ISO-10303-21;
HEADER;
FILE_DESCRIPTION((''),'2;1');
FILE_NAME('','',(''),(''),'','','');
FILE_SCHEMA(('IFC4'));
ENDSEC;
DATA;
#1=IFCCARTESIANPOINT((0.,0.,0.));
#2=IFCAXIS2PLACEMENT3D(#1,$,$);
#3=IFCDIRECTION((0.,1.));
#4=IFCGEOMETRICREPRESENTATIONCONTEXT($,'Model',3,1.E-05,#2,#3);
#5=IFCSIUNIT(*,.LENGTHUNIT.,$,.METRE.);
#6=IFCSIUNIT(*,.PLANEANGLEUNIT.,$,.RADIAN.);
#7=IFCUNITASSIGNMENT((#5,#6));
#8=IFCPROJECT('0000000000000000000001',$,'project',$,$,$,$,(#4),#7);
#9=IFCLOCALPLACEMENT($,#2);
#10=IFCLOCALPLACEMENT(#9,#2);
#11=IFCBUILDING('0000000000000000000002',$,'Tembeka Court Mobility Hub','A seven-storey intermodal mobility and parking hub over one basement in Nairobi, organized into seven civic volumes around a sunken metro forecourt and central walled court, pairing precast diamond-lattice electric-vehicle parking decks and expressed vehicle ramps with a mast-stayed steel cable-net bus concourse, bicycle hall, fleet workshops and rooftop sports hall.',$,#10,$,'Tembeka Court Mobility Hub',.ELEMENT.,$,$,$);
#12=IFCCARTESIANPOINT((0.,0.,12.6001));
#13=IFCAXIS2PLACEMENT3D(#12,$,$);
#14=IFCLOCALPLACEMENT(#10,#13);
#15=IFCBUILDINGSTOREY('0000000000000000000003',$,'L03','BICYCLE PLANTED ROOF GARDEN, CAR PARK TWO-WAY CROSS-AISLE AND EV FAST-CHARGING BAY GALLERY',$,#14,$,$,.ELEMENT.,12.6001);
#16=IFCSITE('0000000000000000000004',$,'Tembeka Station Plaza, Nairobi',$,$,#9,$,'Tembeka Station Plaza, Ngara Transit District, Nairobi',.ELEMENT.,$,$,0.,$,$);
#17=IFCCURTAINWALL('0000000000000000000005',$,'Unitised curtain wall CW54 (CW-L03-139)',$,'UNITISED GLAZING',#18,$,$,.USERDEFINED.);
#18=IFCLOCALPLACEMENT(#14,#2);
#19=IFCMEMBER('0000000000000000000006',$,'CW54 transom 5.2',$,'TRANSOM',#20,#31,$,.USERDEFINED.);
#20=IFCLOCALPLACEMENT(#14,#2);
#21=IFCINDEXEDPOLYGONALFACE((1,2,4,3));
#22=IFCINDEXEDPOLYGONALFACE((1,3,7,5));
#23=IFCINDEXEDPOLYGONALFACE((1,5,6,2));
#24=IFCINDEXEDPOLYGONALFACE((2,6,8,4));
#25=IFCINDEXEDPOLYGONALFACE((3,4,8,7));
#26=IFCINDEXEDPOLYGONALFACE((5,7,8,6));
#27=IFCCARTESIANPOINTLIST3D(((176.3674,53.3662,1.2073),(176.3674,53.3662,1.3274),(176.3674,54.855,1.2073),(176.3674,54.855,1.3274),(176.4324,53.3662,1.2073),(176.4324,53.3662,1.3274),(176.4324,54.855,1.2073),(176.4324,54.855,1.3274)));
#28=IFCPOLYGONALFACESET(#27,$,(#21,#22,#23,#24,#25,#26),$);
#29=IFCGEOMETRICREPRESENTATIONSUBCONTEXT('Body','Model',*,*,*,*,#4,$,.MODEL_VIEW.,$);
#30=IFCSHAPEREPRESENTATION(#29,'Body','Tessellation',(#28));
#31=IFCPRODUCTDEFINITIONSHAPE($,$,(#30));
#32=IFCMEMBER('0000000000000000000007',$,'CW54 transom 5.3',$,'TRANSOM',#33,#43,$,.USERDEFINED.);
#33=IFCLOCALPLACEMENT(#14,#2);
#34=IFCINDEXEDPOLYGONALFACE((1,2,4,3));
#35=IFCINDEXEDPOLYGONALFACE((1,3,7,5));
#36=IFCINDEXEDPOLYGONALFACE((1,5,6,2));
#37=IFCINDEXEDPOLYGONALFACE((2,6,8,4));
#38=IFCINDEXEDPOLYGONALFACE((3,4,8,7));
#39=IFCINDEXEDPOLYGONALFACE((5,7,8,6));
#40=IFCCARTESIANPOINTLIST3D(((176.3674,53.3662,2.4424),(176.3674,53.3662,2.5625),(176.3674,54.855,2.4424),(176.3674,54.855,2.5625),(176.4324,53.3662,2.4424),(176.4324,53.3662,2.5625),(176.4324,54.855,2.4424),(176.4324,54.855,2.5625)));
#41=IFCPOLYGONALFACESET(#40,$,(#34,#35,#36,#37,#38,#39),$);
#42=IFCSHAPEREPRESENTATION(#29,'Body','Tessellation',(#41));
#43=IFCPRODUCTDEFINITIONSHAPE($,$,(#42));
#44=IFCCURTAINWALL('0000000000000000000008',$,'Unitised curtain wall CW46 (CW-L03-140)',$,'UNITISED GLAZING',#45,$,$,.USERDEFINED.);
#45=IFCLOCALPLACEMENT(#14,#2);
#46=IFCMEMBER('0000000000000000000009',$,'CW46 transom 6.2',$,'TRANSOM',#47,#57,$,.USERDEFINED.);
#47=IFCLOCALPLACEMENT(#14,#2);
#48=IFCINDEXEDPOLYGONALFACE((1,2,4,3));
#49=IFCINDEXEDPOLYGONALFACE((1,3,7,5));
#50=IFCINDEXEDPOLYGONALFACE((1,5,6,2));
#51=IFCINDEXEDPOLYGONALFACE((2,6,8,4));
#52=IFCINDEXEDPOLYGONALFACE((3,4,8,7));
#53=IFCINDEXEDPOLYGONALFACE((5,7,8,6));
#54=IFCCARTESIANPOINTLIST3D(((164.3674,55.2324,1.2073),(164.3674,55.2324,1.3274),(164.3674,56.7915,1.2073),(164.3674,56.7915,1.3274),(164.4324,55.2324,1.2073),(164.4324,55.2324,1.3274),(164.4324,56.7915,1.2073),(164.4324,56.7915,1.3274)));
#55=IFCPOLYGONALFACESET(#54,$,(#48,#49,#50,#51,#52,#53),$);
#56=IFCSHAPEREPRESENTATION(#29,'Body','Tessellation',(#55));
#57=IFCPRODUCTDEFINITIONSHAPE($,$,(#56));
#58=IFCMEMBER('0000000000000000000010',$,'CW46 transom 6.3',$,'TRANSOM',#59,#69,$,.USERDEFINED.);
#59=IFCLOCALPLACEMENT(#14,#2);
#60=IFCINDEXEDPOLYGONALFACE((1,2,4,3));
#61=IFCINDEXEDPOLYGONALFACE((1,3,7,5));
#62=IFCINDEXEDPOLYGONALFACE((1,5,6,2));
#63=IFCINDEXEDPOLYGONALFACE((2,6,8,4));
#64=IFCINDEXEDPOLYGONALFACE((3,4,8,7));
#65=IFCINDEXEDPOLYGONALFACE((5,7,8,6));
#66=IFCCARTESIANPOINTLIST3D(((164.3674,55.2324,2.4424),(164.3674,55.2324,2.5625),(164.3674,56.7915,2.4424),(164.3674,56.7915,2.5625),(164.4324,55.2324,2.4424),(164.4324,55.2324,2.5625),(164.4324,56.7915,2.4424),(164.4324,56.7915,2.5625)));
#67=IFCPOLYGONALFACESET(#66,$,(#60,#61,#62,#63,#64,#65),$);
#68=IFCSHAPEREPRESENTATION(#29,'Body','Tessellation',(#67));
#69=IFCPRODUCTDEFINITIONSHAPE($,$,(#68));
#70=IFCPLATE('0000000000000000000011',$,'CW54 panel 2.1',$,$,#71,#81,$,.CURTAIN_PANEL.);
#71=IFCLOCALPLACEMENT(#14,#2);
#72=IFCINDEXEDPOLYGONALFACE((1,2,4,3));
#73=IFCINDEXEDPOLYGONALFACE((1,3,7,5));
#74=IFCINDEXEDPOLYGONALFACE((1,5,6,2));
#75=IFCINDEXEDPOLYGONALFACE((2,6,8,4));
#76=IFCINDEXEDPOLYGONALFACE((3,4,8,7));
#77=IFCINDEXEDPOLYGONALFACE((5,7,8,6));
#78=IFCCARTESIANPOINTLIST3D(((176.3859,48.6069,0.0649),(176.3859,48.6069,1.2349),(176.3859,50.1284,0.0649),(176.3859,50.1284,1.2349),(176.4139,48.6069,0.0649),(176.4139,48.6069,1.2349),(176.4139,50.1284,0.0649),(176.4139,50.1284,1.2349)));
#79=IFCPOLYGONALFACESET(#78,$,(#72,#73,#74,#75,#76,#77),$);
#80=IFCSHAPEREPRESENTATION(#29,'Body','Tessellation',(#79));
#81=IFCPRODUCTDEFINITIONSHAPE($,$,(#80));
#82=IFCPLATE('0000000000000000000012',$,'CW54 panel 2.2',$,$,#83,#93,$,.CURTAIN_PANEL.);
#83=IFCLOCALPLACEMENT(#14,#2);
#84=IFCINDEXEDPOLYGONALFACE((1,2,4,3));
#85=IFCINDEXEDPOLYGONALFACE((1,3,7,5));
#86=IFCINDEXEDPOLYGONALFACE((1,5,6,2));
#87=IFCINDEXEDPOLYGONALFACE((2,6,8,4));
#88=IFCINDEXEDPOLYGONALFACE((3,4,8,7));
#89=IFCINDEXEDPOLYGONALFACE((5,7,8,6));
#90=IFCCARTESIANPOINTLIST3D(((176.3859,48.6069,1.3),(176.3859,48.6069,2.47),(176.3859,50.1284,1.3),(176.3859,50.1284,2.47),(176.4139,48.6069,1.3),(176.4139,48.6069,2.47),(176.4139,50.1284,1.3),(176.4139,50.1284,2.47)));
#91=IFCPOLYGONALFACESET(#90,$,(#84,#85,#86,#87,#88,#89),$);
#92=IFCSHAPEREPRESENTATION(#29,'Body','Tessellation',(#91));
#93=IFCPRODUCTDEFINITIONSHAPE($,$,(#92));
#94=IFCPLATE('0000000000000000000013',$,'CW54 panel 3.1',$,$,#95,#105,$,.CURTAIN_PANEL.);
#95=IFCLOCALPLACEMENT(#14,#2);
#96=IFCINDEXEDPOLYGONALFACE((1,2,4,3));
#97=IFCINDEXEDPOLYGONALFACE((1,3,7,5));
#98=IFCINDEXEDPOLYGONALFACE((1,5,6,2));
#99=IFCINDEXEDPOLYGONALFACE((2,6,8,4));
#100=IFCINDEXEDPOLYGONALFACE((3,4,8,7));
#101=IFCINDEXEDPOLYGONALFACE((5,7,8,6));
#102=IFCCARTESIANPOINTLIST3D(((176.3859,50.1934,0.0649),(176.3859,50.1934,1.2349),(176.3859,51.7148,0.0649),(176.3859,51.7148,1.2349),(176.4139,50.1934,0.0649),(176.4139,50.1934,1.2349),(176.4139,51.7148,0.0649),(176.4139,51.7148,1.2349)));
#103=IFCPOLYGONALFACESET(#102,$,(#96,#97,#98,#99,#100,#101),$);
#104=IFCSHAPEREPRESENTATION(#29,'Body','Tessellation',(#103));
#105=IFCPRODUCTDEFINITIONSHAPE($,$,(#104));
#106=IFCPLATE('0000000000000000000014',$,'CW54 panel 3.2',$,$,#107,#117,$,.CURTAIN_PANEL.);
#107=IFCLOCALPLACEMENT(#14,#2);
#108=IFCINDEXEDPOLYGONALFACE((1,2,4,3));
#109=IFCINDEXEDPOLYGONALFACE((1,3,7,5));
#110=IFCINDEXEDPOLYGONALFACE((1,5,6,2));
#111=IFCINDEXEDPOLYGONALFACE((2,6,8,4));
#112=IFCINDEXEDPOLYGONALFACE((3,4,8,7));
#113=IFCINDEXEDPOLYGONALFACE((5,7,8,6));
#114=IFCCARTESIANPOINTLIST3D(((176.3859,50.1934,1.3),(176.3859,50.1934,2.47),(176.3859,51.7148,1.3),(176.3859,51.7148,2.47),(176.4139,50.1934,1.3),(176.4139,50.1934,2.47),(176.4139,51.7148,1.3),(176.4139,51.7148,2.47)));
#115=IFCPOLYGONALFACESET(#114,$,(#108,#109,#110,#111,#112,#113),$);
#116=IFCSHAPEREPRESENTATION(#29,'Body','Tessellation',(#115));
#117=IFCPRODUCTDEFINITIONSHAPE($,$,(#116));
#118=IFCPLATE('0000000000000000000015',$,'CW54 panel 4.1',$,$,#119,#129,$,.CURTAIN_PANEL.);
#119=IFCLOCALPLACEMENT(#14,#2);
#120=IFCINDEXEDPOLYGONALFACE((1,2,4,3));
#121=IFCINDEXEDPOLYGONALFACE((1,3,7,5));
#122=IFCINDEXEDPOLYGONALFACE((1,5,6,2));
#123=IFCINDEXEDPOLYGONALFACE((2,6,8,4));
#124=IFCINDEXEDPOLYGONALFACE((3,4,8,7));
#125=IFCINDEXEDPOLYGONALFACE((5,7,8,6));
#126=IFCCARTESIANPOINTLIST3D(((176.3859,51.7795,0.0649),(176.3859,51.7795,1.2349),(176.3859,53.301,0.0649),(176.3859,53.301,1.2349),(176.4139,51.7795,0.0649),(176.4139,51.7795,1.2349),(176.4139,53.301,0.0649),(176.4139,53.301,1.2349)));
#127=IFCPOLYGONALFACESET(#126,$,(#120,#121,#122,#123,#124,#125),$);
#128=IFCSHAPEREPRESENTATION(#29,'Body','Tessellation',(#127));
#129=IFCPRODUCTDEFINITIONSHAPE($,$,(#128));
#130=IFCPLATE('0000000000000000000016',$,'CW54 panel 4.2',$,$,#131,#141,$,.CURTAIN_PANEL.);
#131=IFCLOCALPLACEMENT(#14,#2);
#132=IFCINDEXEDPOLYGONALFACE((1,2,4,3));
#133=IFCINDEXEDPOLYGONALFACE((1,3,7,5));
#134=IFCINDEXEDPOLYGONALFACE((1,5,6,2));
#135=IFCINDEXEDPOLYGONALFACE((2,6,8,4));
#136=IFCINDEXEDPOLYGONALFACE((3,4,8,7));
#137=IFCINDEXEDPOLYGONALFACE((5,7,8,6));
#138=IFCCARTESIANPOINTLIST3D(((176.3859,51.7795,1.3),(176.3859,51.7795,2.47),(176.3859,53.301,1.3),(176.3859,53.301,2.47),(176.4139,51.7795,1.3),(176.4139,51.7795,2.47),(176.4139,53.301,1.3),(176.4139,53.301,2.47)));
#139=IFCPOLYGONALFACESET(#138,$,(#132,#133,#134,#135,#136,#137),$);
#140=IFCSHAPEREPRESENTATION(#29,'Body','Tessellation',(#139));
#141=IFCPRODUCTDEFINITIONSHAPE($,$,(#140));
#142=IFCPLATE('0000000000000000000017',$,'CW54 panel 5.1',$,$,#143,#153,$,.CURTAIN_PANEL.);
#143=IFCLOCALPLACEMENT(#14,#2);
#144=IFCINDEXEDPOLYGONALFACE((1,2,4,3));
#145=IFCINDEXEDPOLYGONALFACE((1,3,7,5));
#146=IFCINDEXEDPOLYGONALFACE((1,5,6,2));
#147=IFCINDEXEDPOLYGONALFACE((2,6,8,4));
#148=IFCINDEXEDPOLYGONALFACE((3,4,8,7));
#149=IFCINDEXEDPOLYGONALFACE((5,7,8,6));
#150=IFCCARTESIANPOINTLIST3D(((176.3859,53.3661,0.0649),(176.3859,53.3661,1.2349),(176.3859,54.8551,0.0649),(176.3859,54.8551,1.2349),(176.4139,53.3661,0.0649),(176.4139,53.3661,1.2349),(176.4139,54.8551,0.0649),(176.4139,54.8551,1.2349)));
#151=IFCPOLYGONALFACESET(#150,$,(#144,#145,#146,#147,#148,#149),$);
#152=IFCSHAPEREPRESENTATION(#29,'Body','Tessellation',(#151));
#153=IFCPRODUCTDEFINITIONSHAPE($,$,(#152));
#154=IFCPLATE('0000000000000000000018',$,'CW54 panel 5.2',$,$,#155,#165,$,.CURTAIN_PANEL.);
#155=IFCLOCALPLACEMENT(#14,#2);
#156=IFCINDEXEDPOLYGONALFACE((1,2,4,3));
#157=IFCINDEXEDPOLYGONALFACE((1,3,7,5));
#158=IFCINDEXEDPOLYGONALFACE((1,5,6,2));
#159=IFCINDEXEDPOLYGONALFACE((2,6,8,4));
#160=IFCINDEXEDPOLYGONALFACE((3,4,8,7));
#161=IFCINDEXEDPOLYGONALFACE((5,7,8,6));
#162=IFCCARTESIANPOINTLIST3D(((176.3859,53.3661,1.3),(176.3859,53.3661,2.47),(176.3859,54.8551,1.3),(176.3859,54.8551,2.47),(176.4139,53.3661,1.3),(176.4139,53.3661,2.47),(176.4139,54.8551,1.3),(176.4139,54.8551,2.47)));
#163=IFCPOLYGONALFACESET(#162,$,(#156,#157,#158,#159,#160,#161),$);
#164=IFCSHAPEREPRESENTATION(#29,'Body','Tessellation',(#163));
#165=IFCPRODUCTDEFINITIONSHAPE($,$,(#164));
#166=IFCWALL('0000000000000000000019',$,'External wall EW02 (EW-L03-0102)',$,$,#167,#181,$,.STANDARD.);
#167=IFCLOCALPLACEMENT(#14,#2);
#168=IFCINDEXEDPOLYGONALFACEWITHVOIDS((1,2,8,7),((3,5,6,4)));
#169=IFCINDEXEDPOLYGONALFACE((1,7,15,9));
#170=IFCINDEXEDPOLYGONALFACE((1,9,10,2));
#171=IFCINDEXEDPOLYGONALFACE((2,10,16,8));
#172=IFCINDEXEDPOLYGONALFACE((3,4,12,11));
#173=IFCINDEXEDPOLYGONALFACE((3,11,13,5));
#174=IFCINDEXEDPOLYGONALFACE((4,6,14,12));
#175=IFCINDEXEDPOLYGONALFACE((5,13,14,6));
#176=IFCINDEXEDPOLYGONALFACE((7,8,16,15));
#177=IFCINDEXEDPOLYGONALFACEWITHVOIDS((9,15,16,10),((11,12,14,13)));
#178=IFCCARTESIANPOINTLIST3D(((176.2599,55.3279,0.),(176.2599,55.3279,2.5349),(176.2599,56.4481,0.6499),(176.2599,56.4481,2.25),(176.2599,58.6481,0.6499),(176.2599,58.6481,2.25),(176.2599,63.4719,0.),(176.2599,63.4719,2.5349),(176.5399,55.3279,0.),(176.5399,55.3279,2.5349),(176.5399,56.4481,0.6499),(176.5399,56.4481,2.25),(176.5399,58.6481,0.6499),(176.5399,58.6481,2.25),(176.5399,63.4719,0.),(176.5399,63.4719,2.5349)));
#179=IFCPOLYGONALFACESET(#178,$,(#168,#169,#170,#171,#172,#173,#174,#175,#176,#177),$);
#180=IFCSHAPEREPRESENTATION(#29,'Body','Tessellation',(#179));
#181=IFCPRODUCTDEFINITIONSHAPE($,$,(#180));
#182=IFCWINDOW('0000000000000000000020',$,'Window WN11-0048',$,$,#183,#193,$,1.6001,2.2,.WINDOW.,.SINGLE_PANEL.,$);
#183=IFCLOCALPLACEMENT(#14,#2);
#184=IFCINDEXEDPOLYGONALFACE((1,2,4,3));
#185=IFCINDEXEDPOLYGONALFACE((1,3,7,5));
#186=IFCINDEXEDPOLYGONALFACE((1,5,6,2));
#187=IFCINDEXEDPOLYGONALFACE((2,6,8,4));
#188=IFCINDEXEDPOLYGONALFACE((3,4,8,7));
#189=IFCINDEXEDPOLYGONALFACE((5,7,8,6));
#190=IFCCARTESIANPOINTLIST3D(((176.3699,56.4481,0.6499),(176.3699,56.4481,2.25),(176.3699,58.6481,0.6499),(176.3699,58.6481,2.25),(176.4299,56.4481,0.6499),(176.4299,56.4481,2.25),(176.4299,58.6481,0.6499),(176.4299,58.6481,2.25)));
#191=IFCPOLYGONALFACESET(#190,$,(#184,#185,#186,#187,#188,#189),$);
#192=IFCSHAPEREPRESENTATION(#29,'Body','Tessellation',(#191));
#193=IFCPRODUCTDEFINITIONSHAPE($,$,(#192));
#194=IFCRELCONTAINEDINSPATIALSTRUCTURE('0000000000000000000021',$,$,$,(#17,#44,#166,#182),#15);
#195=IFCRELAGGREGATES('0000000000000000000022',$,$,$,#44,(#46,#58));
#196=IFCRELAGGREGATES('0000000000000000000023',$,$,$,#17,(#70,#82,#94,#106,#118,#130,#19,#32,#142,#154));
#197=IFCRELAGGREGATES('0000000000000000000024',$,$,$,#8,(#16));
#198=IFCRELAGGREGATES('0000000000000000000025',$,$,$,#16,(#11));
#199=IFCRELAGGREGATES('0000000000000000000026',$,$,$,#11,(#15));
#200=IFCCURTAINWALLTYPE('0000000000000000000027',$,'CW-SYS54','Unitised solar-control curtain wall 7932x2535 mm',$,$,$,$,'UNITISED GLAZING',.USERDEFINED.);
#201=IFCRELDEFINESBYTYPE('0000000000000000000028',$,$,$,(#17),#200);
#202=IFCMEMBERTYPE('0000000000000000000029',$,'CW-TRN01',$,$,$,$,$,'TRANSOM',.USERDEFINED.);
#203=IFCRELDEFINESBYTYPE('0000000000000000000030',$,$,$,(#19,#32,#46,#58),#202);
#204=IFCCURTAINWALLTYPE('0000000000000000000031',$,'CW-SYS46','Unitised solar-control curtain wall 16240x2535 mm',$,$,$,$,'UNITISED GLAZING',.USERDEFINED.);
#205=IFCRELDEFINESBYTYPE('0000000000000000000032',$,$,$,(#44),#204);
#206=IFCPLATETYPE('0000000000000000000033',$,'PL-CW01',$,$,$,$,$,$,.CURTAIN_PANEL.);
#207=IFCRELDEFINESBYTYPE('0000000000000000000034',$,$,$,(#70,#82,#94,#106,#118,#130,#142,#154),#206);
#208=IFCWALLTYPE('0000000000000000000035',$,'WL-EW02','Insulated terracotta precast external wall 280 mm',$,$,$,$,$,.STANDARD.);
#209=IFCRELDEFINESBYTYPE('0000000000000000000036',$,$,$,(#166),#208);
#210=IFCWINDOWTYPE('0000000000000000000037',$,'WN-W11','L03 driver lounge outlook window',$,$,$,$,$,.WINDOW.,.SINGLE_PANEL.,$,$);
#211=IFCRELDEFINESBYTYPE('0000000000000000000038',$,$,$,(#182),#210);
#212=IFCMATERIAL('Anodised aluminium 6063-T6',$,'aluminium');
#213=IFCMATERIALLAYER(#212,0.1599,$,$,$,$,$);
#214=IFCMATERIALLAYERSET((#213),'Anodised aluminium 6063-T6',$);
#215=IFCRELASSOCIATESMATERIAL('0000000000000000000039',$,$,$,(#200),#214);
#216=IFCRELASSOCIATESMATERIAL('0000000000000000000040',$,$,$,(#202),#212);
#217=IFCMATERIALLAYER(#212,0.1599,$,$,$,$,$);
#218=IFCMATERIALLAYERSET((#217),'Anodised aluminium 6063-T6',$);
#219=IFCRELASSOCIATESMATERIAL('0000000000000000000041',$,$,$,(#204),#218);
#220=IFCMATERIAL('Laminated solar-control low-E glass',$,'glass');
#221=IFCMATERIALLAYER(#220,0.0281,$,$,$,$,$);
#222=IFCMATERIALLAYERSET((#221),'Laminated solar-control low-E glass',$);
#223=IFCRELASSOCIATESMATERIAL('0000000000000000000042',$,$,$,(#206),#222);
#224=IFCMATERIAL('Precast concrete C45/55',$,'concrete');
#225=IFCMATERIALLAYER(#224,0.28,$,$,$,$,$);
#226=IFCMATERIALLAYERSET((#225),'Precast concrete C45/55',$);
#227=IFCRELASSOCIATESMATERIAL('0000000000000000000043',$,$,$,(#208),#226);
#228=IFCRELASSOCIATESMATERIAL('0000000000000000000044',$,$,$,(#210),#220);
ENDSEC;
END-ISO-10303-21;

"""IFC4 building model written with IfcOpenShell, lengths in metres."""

from ifc_helpers import new_model, si_unit, direction, frame, frame_2d, origin, origin_2d, place, context, subcontext, project, spatial, rectangle, extrude, material, layer, layer_set, material_profile, profile_set, type_object, element, fill, aggregate, save


model = new_model("IFC4")

# Units and contexts
model_context = context("Model", 3, precision=1e-05, world=origin(), true_north=direction((0.0, 1.0)))
body_context = subcontext(model_context, "Body", "Model", "MODEL_VIEW")
ifc_project = project(units=[si_unit("LENGTHUNIT", "METRE"), si_unit("PLANEANGLEUNIT", "RADIAN")], contexts=[model_context])

# Site, building, storey
site_placement = place(None, origin())
site = spatial("IfcSite", under=ifc_project, at=site_placement, Name="Tembeka Station Plaza, Nairobi", LongName="Tembeka Station Plaza, Ngara Transit District, Nairobi", CompositionType="ELEMENT", RefElevation=0.0)
building_placement = place(site_placement, origin())
building = spatial("IfcBuilding", under=site, at=building_placement, Name="Tembeka Court Mobility Hub", Description="A seven-storey intermodal mobility and parking hub over one basement in Nairobi, organized into seven civic volumes around a sunken metro forecourt and central walled court, pairing precast diamond-lattice electric-vehicle parking decks and expressed vehicle ramps with a mast-stayed steel cable-net bus concourse, bicycle hall, fleet workshops and rooftop sports hall.", LongName="Tembeka Court Mobility Hub", CompositionType="ELEMENT")
storey_placement = place(building_placement, frame((0.0, 0.0, 12.6001)))
storey = spatial("IfcBuildingStorey", under=building, at=storey_placement, Name="L03", Description="BICYCLE PLANTED ROOF GARDEN, CAR PARK TWO-WAY CROSS-AISLE AND EV FAST-CHARGING BAY GALLERY", CompositionType="ELEMENT", Elevation=12.6001)

# Curtain walls, members
ifc_material_1 = material(Name="Anodised aluminium 6063-T6", Category="aluminium")
ifc_layer_1 = layer(ifc_material_1, 0.1599)
ifc_layer_set_1 = layer_set([ifc_layer_1], Name="Anodised aluminium 6063-T6")
curtain_wall_type_1 = type_object("IfcCurtainWallType", Name="CW-SYS54", Description="Unitised solar-control curtain wall 7932x2535 mm", ElementType="UNITISED GLAZING", PredefinedType="USERDEFINED", material=ifc_layer_set_1)
curtain_wall_1_placement = place(storey_placement, origin())
curtain_wall_1 = element("IfcCurtainWall", 1, at=curtain_wall_1_placement, inside=storey, type_object=curtain_wall_type_1, Name="Unitised curtain wall CW54 (CW-L03-139)", ObjectType="UNITISED GLAZING", PredefinedType="USERDEFINED")
ifc_material_profile_1 = material_profile(ifc_material_1, rectangle(XDim=0.0649, YDim=0.1201, at=origin_2d()), Name="ALU-TRN 65x120")
ifc_profile_set_1 = profile_set([ifc_material_profile_1], Name="Anodised aluminium 6063-T6")
member_type_1 = type_object("IfcMemberType", Name="CW-TRN01", ElementType="TRANSOM", PredefinedType="USERDEFINED", material=ifc_profile_set_1)
member_1_placement = place(storey_placement, frame((176.3999, 53.3662, 1.2673), z_axis=(0.0, 1.0, 0.0), x_axis=(-1.0, 0.0, 0.0)))
member_1 = element("IfcMember", 2, at=member_1_placement, type_object=member_type_1, Name="CW54 transom 5.2", ObjectType="TRANSOM", PredefinedType="USERDEFINED", context=body_context, shape_type="SweptSolid", body=[
    extrude(rectangle(XDim=0.0649, YDim=0.1201, at=origin_2d()), origin(), (0.0, 0.0, 1.0), 1.4888),
])
member_2_placement = place(storey_placement, frame((176.3999, 53.3662, 2.5024), z_axis=(0.0, 1.0, 0.0), x_axis=(-1.0, 0.0, 0.0)))
member_2 = element("IfcMember", 3, at=member_2_placement, type_object=member_type_1, Name="CW54 transom 5.3", ObjectType="TRANSOM", PredefinedType="USERDEFINED", context=body_context, shape_type="SweptSolid", body=[
    extrude(rectangle(XDim=0.0649, YDim=0.1201, at=origin_2d()), origin(), (0.0, 0.0, 1.0), 1.4888),
])
ifc_layer_2 = layer(ifc_material_1, 0.1599)
ifc_layer_set_2 = layer_set([ifc_layer_2], Name="Anodised aluminium 6063-T6")
curtain_wall_type_2 = type_object("IfcCurtainWallType", Name="CW-SYS46", Description="Unitised solar-control curtain wall 16240x2535 mm", ElementType="UNITISED GLAZING", PredefinedType="USERDEFINED", material=ifc_layer_set_2)
curtain_wall_2_placement = place(storey_placement, origin())
curtain_wall_2 = element("IfcCurtainWall", 4, at=curtain_wall_2_placement, inside=storey, type_object=curtain_wall_type_2, Name="Unitised curtain wall CW46 (CW-L03-140)", ObjectType="UNITISED GLAZING", PredefinedType="USERDEFINED")
member_3_placement = place(storey_placement, frame((164.3999, 55.2324, 1.2673), z_axis=(0.0, 1.0, 0.0), x_axis=(-1.0, 0.0, 0.0)))
member_3 = element("IfcMember", 5, at=member_3_placement, type_object=member_type_1, Name="CW46 transom 6.2", ObjectType="TRANSOM", PredefinedType="USERDEFINED", context=body_context, shape_type="SweptSolid", body=[
    extrude(rectangle(XDim=0.0649, YDim=0.1201, at=origin_2d()), origin(), (0.0, 0.0, 1.0), 1.5591),
])
member_4_placement = place(storey_placement, frame((164.3999, 55.2324, 2.5024), z_axis=(0.0, 1.0, 0.0), x_axis=(-1.0, 0.0, 0.0)))
member_4 = element("IfcMember", 6, at=member_4_placement, type_object=member_type_1, Name="CW46 transom 6.3", ObjectType="TRANSOM", PredefinedType="USERDEFINED", context=body_context, shape_type="SweptSolid", body=[
    extrude(rectangle(XDim=0.0649, YDim=0.1201, at=origin_2d()), origin(), (0.0, 0.0, 1.0), 1.5591),
])
aggregate(curtain_wall_2, [member_3, member_4])

# Plates
ifc_material_2 = material(Name="Laminated solar-control low-E glass", Category="glass")
ifc_layer_3 = layer(ifc_material_2, 0.0281)
ifc_layer_set_3 = layer_set([ifc_layer_3], Name="Laminated solar-control low-E glass")
plate_type = type_object("IfcPlateType", Name="PL-CW01", PredefinedType="CURTAIN_PANEL", material=ifc_layer_set_3)
plate_1_placement = place(storey_placement, frame((176.3999, 49.3677, 0.0649), z_axis=(0.0, 0.0, 1.0), x_axis=(0.0, 1.0, 0.0)))
plate_1 = element("IfcPlate", 7, at=plate_1_placement, type_object=plate_type, Name="CW54 panel 2.1", PredefinedType="CURTAIN_PANEL", context=body_context, shape_type="SweptSolid", body=[
    extrude(rectangle(XDim=1.5215, YDim=0.0281, at=origin_2d()), origin(), (0.0, 0.0, 1.0), 1.1699),
])
plate_2_placement = place(storey_placement, frame((176.3999, 49.3677, 1.3), z_axis=(0.0, 0.0, 1.0), x_axis=(0.0, 1.0, 0.0)))
plate_2 = element("IfcPlate", 8, at=plate_2_placement, type_object=plate_type, Name="CW54 panel 2.2", PredefinedType="CURTAIN_PANEL", context=body_context, shape_type="SweptSolid", body=[
    extrude(rectangle(XDim=1.5215, YDim=0.0281, at=origin_2d()), origin(), (0.0, 0.0, 1.0), 1.1699),
])
plate_3_placement = place(storey_placement, frame((176.3999, 50.9541, 0.0649), z_axis=(0.0, 0.0, 1.0), x_axis=(0.0, 1.0, 0.0)))
plate_3 = element("IfcPlate", 9, at=plate_3_placement, type_object=plate_type, Name="CW54 panel 3.1", PredefinedType="CURTAIN_PANEL", context=body_context, shape_type="SweptSolid", body=[
    extrude(rectangle(XDim=1.5215, YDim=0.0281, at=origin_2d()), origin(), (0.0, 0.0, 1.0), 1.1699),
])
plate_4_placement = place(storey_placement, frame((176.3999, 50.9541, 1.3), z_axis=(0.0, 0.0, 1.0), x_axis=(0.0, 1.0, 0.0)))
plate_4 = element("IfcPlate", 10, at=plate_4_placement, type_object=plate_type, Name="CW54 panel 3.2", PredefinedType="CURTAIN_PANEL", context=body_context, shape_type="SweptSolid", body=[
    extrude(rectangle(XDim=1.5215, YDim=0.0281, at=origin_2d()), origin(), (0.0, 0.0, 1.0), 1.1699),
])
plate_5_placement = place(storey_placement, frame((176.3999, 52.5403, 0.0649), z_axis=(0.0, 0.0, 1.0), x_axis=(0.0, 1.0, 0.0)))
plate_5 = element("IfcPlate", 11, at=plate_5_placement, type_object=plate_type, Name="CW54 panel 4.1", PredefinedType="CURTAIN_PANEL", context=body_context, shape_type="SweptSolid", body=[
    extrude(rectangle(XDim=1.5215, YDim=0.0281, at=origin_2d()), origin(), (0.0, 0.0, 1.0), 1.1699),
])
plate_6_placement = place(storey_placement, frame((176.3999, 52.5403, 1.3), z_axis=(0.0, 0.0, 1.0), x_axis=(0.0, 1.0, 0.0)))
plate_6 = element("IfcPlate", 12, at=plate_6_placement, type_object=plate_type, Name="CW54 panel 4.2", PredefinedType="CURTAIN_PANEL", context=body_context, shape_type="SweptSolid", body=[
    extrude(rectangle(XDim=1.5215, YDim=0.0281, at=origin_2d()), origin(), (0.0, 0.0, 1.0), 1.1699),
])
plate_7_placement = place(storey_placement, frame((176.3999, 54.1106, 0.0649), z_axis=(0.0, 0.0, 1.0), x_axis=(0.0, 1.0, 0.0)))
plate_7 = element("IfcPlate", 13, at=plate_7_placement, type_object=plate_type, Name="CW54 panel 5.1", PredefinedType="CURTAIN_PANEL", context=body_context, shape_type="SweptSolid", body=[
    extrude(rectangle(XDim=1.489, YDim=0.0281, at=origin_2d()), origin(), (0.0, 0.0, 1.0), 1.1699),
])
plate_8_placement = place(storey_placement, frame((176.3999, 54.1106, 1.3), z_axis=(0.0, 0.0, 1.0), x_axis=(0.0, 1.0, 0.0)))
plate_8 = element("IfcPlate", 14, at=plate_8_placement, type_object=plate_type, Name="CW54 panel 5.2", PredefinedType="CURTAIN_PANEL", context=body_context, shape_type="SweptSolid", body=[
    extrude(rectangle(XDim=1.489, YDim=0.0281, at=origin_2d()), origin(), (0.0, 0.0, 1.0), 1.1699),
])
aggregate(curtain_wall_1, [plate_1, plate_2, plate_3, plate_4, plate_5, plate_6, member_1, member_2, plate_7, plate_8])

# Wall, opening, window
ifc_material_3 = material(Name="Precast concrete C45/55", Category="concrete")
ifc_layer_4 = layer(ifc_material_3, 0.28)
ifc_layer_set_4 = layer_set([ifc_layer_4], Name="Precast concrete C45/55")
wall_type_1 = type_object("IfcWallType", Name="WL-EW02", Description="Insulated terracotta precast external wall 280 mm", PredefinedType="STANDARD", material=ifc_layer_set_4)
wall_1_placement = place(storey_placement, frame((176.3999, 55.3279, 0.0), z_axis=(0.0, 0.0, 1.0), x_axis=(0.0, 1.0, 0.0)))
wall_1 = element("IfcWall", 15, at=wall_1_placement, inside=storey, type_object=wall_type_1, Name="External wall EW02 (EW-L03-0102)", PredefinedType="STANDARD", context=body_context, shape_type="SweptSolid", body=[
    extrude(rectangle(XDim=8.144, YDim=0.28, at=frame_2d((4.072, 0.0))), origin(), (0.0, 0.0, 1.0), 2.5349),
])
opening_placement = place(wall_1_placement, frame((1.1201, 0.0, 0.6499)))
opening = element("IfcOpeningElement", 16, at=opening_placement, cuts=wall_1, PredefinedType="OPENING", context=body_context, shape_type="SweptSolid", body=[
    extrude(rectangle(XDim=2.2, YDim=1.6001, at=frame_2d((1.1001, 0.8))), frame((0.0, 0.1499, 0.0), z_axis=(0.0, -1.0, 0.0), x_axis=(1.0, 0.0, 0.0)), (0.0, 0.0, 1.0), 0.3),
])
window_type = type_object("IfcWindowType", Name="WN-W11", Description="L03 driver lounge outlook window", PartitioningType="SINGLE_PANEL", PredefinedType="WINDOW", material=ifc_material_2)
window_placement = place(opening_placement, origin())
window = element("IfcWindow", 17, at=window_placement, inside=storey, type_object=window_type, Name="Window WN11-0048", OverallHeight=1.6001, OverallWidth=2.2, PartitioningType="SINGLE_PANEL", PredefinedType="WINDOW", context=body_context, shape_type="SweptSolid", body=[
    extrude(rectangle(XDim=2.2, YDim=1.6001, at=frame_2d((1.1001, 0.8))), frame((0.0, 0.03, 0.0), z_axis=(0.0, -1.0, 0.0), x_axis=(1.0, 0.0, 0.0)), (0.0, 0.0, 1.0), 0.0601),
])
fill(opening, window)

save(model, "model.ifc")
